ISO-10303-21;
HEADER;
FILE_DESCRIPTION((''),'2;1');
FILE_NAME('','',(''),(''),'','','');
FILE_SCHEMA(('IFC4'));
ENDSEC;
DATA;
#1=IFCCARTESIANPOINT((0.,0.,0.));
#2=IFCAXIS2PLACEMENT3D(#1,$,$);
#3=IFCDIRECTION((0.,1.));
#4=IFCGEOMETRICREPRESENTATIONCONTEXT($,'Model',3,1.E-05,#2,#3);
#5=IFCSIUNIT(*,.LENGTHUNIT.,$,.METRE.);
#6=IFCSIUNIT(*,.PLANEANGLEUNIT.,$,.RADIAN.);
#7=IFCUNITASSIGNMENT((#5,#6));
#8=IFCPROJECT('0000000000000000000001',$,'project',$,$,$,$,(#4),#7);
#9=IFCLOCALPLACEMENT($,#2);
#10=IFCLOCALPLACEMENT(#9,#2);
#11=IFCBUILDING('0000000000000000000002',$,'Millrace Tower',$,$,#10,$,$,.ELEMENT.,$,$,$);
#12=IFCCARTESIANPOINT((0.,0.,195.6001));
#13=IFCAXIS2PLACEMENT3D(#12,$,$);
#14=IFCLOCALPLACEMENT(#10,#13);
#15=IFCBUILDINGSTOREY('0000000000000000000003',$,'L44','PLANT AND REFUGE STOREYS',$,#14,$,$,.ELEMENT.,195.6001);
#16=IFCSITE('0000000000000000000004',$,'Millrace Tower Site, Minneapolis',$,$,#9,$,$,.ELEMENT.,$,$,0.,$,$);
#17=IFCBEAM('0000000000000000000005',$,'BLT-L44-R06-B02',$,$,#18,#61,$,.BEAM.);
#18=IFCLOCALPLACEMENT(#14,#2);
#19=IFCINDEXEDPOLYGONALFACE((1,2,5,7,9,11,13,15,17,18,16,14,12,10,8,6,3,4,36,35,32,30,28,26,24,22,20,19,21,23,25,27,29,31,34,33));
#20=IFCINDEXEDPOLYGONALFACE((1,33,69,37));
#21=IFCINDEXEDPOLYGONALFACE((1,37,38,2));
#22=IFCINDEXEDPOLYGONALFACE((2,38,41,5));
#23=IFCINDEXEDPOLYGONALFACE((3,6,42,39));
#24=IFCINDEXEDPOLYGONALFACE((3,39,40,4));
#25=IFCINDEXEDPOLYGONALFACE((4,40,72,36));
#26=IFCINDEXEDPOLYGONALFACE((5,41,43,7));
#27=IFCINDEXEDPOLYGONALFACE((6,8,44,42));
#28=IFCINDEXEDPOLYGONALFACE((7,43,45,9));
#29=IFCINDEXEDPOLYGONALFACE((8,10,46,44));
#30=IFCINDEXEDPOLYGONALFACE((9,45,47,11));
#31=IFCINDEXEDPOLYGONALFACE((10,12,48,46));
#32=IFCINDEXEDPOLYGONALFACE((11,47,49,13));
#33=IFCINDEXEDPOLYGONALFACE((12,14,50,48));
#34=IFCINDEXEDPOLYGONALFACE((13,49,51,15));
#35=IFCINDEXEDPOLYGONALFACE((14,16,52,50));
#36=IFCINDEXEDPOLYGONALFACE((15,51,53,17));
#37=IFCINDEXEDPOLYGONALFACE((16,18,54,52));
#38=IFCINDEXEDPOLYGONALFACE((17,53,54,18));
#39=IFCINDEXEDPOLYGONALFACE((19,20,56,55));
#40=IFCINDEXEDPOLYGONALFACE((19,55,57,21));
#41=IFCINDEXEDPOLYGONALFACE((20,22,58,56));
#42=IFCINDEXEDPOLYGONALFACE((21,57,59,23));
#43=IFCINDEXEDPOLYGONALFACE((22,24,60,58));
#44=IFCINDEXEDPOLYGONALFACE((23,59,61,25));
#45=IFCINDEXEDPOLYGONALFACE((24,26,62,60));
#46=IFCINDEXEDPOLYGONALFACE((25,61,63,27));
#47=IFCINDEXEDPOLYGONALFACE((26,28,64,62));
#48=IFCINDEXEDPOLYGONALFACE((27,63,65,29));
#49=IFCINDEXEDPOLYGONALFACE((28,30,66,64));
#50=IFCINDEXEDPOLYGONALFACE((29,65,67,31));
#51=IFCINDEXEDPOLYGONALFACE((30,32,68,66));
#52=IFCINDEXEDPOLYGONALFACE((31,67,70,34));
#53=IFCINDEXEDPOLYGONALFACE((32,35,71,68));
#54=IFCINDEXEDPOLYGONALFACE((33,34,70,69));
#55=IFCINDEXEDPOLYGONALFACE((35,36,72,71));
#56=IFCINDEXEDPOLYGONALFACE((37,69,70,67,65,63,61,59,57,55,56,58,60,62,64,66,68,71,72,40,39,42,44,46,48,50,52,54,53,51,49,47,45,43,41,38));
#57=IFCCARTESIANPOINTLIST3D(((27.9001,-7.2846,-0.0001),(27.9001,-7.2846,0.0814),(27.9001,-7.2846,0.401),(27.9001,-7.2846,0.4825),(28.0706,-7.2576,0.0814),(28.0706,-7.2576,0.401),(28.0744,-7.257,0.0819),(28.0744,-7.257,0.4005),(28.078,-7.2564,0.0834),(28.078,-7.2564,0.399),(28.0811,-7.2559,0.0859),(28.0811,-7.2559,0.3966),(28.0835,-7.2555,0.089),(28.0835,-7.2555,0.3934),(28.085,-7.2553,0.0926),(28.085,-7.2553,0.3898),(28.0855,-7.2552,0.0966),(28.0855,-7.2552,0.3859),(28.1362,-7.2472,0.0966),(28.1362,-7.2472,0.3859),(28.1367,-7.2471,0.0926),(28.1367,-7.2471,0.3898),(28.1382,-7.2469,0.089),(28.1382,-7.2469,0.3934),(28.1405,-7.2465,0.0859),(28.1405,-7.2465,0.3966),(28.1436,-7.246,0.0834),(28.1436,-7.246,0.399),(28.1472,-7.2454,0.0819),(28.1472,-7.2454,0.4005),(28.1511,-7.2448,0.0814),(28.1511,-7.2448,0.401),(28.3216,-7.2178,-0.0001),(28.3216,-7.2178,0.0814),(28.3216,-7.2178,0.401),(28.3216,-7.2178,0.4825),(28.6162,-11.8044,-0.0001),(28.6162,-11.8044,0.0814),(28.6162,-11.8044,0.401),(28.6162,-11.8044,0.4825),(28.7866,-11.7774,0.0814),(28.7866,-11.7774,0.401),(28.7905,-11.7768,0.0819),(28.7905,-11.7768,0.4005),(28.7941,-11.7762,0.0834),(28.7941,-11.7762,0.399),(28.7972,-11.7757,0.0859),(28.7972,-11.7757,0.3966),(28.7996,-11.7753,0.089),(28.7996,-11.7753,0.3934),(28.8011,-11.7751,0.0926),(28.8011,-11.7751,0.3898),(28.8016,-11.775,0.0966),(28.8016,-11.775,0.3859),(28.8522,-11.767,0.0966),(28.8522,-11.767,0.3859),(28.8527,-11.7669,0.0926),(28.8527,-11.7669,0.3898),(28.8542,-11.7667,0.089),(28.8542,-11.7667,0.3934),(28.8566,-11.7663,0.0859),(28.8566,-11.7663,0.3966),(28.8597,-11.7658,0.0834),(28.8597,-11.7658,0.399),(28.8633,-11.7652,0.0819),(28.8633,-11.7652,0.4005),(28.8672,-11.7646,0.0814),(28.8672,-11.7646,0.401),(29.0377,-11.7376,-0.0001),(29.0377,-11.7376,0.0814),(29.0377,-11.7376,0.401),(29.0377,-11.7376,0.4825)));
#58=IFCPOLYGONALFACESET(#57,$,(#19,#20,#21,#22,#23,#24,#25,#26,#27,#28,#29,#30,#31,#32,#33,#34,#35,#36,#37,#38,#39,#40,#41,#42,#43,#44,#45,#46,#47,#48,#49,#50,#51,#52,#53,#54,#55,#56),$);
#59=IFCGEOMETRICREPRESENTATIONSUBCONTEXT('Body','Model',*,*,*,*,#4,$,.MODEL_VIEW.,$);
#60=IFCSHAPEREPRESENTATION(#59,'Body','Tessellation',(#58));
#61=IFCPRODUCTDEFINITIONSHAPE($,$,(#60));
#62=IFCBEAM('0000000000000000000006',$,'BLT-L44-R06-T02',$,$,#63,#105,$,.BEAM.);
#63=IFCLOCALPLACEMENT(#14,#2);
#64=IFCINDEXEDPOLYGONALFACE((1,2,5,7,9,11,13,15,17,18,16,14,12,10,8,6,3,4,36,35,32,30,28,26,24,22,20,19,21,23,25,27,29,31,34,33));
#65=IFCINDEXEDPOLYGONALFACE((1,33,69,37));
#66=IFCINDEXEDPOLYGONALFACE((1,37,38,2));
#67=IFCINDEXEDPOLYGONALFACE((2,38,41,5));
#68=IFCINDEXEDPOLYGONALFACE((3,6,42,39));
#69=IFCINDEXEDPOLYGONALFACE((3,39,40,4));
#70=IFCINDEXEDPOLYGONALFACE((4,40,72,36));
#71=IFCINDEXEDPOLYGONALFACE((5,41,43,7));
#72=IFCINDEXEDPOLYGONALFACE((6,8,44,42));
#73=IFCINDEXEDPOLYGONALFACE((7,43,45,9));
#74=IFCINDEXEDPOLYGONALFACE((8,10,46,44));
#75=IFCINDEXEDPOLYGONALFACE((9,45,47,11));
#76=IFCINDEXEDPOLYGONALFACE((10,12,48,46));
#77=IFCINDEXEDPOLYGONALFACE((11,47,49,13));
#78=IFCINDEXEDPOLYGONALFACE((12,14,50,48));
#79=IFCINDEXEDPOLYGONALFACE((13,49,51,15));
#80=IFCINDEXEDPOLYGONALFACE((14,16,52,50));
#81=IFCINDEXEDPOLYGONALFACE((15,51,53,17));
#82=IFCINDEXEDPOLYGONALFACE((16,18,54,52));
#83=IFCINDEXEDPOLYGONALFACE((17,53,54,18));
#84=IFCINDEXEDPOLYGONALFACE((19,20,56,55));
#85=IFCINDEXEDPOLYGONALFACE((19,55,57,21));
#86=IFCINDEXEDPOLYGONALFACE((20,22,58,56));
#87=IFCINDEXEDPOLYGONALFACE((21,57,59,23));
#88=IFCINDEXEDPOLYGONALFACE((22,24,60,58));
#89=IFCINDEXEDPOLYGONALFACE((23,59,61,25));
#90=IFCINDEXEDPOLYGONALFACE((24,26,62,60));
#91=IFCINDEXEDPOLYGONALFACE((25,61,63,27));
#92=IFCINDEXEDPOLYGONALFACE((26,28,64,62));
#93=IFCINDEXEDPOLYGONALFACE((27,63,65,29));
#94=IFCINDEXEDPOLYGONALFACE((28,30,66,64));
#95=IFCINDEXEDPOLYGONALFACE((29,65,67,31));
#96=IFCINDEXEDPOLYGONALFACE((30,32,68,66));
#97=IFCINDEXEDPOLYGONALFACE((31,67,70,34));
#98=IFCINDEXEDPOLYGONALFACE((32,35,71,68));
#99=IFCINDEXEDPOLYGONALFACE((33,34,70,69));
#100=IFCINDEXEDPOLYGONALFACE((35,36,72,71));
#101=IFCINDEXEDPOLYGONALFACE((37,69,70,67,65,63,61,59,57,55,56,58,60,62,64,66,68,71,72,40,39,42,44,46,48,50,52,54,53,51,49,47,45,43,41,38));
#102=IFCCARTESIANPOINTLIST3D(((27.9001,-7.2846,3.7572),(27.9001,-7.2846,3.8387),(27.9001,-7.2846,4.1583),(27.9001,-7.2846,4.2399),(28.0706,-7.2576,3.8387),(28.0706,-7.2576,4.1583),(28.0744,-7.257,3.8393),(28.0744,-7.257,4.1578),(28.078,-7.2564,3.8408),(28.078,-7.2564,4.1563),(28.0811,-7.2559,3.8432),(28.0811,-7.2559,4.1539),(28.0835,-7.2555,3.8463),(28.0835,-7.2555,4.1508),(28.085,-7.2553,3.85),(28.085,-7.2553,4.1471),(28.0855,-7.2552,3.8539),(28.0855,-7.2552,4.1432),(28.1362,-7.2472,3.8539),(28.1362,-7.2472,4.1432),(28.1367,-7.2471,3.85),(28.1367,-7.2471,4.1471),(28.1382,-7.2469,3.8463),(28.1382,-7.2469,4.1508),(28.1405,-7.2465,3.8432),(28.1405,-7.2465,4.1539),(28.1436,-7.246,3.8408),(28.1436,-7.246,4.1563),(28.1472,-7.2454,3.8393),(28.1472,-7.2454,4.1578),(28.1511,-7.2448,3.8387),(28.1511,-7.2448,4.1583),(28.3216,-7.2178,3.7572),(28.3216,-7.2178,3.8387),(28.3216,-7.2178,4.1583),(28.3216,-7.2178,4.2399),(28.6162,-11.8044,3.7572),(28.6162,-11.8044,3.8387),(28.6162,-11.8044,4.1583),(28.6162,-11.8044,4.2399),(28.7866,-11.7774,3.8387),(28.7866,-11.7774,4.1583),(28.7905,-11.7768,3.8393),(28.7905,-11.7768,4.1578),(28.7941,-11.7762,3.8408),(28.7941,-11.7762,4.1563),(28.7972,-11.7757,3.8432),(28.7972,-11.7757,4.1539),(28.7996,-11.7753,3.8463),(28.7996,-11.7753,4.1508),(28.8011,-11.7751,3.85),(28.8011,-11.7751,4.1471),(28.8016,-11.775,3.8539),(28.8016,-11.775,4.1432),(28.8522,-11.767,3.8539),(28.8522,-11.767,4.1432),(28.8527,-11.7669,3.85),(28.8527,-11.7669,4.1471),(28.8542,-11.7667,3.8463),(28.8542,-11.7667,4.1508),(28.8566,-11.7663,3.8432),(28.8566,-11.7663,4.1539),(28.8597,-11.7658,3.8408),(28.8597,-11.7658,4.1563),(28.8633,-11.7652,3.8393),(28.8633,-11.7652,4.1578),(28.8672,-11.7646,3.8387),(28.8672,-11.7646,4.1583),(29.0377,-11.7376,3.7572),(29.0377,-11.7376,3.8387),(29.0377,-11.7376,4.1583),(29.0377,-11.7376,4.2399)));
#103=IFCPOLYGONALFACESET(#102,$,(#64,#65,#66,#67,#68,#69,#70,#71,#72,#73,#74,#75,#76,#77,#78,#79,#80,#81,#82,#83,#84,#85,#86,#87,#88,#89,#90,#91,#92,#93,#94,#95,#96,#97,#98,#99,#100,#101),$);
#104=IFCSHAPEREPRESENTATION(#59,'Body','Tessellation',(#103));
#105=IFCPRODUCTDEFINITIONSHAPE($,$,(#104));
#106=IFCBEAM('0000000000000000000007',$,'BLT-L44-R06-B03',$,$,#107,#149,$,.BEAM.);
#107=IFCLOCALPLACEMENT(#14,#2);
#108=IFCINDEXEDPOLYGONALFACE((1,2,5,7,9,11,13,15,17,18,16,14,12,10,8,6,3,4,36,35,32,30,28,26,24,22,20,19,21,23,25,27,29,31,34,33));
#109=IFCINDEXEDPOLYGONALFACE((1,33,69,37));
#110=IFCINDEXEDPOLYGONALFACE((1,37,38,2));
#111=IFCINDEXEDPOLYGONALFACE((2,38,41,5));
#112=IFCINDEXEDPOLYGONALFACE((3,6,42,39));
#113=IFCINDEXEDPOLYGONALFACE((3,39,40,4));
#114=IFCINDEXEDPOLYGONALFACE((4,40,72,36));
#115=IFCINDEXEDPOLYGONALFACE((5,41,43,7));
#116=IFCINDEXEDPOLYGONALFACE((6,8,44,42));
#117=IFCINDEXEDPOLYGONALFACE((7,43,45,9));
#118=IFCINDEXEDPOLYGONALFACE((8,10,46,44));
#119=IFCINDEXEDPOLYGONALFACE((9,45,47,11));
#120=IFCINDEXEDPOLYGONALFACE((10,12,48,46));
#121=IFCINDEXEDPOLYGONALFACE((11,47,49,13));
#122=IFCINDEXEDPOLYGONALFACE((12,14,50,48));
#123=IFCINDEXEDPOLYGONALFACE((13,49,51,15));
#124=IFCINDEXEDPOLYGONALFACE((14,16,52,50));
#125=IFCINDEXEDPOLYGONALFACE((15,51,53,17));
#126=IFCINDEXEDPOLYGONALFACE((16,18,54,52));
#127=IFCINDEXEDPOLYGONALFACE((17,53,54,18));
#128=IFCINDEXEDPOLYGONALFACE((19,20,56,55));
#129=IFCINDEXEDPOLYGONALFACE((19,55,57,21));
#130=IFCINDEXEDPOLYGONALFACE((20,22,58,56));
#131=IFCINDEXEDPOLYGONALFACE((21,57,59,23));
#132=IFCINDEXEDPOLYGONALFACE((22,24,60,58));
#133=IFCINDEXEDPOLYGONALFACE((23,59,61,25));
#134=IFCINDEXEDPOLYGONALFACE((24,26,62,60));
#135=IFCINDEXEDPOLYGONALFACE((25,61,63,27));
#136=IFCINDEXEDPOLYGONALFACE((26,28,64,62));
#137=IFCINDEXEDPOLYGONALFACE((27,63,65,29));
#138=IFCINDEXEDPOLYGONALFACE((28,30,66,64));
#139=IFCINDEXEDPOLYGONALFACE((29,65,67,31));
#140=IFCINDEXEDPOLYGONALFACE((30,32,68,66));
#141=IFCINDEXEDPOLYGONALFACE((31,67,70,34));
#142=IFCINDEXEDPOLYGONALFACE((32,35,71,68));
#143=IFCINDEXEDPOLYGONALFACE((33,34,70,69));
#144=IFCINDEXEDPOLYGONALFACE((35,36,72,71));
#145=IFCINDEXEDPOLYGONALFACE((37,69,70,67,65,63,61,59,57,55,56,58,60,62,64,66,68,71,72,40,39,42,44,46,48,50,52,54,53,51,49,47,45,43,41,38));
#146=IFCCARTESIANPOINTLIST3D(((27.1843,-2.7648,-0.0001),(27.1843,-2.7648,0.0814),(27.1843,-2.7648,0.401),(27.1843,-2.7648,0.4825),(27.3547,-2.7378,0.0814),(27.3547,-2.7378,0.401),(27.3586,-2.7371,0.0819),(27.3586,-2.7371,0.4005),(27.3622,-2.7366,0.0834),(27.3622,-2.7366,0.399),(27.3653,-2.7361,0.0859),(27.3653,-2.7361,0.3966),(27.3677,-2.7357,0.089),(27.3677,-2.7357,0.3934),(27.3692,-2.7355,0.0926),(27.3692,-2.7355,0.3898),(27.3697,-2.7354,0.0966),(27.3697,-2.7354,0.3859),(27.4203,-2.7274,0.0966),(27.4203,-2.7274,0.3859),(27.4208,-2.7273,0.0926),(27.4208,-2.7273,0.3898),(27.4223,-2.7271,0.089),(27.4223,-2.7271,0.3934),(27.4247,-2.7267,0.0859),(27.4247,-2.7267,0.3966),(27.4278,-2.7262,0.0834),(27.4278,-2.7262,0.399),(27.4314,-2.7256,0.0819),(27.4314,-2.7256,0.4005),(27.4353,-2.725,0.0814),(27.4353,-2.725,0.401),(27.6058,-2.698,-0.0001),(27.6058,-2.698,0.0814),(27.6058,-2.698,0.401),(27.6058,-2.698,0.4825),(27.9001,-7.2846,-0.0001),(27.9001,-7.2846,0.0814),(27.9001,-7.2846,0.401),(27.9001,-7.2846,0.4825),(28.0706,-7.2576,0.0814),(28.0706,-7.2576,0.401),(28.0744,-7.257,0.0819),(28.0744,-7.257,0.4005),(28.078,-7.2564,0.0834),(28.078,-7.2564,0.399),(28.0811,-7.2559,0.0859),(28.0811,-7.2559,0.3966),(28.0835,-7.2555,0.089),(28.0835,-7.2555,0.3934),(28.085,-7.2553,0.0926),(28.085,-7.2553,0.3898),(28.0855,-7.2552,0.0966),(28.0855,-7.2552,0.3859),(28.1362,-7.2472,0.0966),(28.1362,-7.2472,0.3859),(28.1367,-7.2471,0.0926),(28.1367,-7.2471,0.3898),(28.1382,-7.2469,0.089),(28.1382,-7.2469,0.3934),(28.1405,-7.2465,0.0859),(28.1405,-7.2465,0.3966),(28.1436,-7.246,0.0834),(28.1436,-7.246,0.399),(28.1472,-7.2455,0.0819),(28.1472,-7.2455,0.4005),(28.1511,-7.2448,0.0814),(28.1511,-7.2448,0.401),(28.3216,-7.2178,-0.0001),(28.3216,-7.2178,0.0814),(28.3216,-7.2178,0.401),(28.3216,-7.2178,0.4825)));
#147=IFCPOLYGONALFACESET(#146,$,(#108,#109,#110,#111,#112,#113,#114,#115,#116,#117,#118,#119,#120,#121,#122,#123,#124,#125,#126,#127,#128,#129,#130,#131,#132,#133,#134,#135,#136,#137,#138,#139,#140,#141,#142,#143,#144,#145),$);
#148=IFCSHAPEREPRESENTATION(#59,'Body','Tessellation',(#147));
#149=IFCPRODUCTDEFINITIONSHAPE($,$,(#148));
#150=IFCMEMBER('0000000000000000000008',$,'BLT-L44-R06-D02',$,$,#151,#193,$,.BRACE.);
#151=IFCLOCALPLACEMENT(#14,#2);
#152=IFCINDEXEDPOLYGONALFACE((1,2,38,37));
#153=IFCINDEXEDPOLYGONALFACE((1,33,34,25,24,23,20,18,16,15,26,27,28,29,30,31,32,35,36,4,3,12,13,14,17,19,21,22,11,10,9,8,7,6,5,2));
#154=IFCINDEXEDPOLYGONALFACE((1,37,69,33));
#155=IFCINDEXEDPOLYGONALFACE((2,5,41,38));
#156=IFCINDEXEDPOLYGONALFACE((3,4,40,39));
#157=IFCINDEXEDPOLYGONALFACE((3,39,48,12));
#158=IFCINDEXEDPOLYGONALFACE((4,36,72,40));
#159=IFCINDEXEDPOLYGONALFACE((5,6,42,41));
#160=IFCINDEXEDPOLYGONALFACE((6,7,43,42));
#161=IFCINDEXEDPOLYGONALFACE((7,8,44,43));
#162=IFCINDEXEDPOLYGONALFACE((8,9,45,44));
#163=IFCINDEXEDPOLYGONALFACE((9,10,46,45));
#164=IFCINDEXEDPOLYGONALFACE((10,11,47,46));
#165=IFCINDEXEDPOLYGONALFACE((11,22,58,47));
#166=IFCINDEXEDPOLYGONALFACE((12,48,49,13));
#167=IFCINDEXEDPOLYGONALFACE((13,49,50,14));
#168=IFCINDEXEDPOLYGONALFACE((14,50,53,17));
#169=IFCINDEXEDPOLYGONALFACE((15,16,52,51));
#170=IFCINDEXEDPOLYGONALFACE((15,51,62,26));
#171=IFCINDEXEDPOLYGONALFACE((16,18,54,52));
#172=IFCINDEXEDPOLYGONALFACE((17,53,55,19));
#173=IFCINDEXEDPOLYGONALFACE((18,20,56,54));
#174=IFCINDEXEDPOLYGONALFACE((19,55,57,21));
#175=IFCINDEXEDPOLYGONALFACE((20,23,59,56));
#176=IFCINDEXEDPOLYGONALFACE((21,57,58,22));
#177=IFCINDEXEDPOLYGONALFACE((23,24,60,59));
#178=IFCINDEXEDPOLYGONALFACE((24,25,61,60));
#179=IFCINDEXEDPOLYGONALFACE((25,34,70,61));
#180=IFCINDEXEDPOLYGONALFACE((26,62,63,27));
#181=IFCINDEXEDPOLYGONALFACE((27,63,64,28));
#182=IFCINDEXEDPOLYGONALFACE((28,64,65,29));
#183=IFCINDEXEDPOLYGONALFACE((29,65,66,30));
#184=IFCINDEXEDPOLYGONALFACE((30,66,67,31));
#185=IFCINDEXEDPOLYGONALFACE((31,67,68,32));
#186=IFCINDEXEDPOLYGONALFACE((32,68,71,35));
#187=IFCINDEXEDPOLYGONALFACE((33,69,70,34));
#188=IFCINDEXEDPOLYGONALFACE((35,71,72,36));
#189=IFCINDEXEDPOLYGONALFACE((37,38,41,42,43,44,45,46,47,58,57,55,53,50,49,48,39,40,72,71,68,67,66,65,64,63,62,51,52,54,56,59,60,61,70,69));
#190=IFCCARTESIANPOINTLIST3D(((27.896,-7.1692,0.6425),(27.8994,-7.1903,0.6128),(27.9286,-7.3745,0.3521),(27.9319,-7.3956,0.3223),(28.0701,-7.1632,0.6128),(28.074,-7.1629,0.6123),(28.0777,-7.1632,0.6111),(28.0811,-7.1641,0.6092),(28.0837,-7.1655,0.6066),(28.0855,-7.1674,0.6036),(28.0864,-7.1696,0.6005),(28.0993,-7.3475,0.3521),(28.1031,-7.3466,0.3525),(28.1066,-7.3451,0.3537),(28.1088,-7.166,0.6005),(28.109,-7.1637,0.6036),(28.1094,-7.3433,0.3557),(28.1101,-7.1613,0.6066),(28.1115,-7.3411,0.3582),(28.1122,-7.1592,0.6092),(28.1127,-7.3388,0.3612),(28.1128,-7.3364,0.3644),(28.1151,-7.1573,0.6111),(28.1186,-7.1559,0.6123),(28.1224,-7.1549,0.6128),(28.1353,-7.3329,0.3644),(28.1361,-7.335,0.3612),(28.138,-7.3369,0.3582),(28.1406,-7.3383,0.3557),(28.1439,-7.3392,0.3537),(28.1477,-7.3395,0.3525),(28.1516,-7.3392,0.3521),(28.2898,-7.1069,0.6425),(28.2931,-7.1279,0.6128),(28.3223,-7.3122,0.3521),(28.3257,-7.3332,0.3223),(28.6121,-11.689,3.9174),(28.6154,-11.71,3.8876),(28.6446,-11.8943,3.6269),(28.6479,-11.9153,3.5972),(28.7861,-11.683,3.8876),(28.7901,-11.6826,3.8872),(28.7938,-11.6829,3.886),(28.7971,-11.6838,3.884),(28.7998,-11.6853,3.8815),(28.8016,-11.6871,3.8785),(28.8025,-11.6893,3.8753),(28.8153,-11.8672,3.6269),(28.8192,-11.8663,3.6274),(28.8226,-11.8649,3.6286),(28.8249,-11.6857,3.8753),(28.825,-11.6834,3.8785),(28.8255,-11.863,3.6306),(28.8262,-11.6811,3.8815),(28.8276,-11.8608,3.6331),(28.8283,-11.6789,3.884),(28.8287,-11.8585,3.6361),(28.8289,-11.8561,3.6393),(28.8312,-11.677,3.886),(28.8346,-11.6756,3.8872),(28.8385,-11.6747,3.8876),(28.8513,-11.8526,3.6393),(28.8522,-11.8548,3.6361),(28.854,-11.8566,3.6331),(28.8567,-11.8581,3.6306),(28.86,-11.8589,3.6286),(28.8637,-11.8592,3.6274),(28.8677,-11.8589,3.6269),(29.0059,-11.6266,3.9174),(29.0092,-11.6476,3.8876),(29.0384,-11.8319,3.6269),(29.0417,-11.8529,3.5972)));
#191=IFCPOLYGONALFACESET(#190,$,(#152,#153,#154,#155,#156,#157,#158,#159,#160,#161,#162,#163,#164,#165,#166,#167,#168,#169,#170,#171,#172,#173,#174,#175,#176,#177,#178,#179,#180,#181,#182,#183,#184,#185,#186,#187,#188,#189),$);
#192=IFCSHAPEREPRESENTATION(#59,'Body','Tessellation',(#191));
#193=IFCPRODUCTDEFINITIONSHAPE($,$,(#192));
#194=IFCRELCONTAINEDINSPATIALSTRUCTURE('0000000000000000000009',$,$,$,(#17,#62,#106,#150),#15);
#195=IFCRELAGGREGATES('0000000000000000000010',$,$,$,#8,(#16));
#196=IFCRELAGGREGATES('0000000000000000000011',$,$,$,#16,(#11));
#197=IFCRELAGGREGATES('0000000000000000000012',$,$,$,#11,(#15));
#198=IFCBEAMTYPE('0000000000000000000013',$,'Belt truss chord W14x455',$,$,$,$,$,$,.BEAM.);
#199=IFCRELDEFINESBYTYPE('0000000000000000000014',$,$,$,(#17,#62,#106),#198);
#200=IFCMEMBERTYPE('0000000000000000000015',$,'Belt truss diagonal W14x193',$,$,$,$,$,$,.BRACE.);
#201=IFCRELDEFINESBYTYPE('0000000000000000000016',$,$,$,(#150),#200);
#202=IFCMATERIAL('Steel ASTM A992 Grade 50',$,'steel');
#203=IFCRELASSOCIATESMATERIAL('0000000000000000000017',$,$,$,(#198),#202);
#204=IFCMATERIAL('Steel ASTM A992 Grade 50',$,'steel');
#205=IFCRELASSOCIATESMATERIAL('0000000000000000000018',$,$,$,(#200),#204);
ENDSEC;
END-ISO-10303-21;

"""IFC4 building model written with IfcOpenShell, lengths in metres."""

from ifc_helpers import new_model, si_unit, direction, frame, origin, origin_2d, place, context, subcontext, project, spatial, i_section, extrude, material, material_profile, profile_set, type_object, element, save


model = new_model("IFC4")

# Units and contexts
model_context = context("Model", 3, precision=1e-05, world=origin(), true_north=direction((0.0, 1.0)))
body_context = subcontext(model_context, "Body", "Model", "MODEL_VIEW")
ifc_project = project(units=[si_unit("LENGTHUNIT", "METRE"), si_unit("PLANEANGLEUNIT", "RADIAN")], contexts=[model_context])

# Site, building, storey
site_placement = place(None, origin())
site = spatial("IfcSite", under=ifc_project, at=site_placement, Name="Millrace Tower Site, Minneapolis", CompositionType="ELEMENT", RefElevation=0.0)
building_placement = place(site_placement, origin())
building = spatial("IfcBuilding", under=site, at=building_placement, Name="Millrace Tower", CompositionType="ELEMENT")
storey_placement = place(building_placement, frame((0.0, 0.0, 195.6001)))
storey = spatial("IfcBuildingStorey", under=building, at=storey_placement, Name="L44", Description="PLANT AND REFUGE STOREYS", CompositionType="ELEMENT", Elevation=195.6001)

# Beams
ifc_material_1 = material(Name="Steel ASTM A992 Grade 50", Category="steel")
ifc_material_profile_1 = material_profile(ifc_material_1, i_section(OverallWidth=0.4268, OverallDepth=0.4827, WebThickness=0.0513, FlangeThickness=0.0815, FilletRadius=0.0151, at=origin_2d()))
ifc_profile_set_1 = profile_set([ifc_material_profile_1], Name="Steel ASTM A992 Grade 50")
beam_type_1 = type_object("IfcBeamType", Name="Belt truss chord W14x455", PredefinedType="BEAM", material=ifc_profile_set_1)
for number, where, z_axis, x_axis, name in (
    (1, (28.8269, -11.771, 0.2412), (-0.156478, 0.987682, 0.0), (-0.987682, -0.156478, 0.0), "BLT-L44-R06-B02"),
    (2, (28.8269, -11.771, 3.9985), (-0.156478, 0.987682, 0.0), (-0.987682, -0.156478, 0.0), "BLT-L44-R06-T02"),
    (3, (28.1108, -7.2512, 0.2412), (-0.156426, 0.98769, 0.0), (-0.98769, -0.156426, 0.0), "BLT-L44-R06-B03"),
):
    element("IfcBeam", number, at=place(storey_placement, frame(where, z_axis=z_axis, x_axis=x_axis)), inside=storey, type_object=beam_type_1, Name=name, PredefinedType="BEAM", context=body_context, shape_type="SweptSolid", body=[
        extrude(i_section(OverallWidth=0.4268, OverallDepth=0.4827, WebThickness=0.0513, FlangeThickness=0.0815, FilletRadius=0.0151, at=origin_2d()), origin(), (0.0, 0.0, 1.0), 4.5762),
    ])

# Member
ifc_material_2 = material(Name="Steel ASTM A992 Grade 50", Category="steel")
ifc_material_profile_2 = material_profile(ifc_material_2, i_section(OverallWidth=0.3987, OverallDepth=0.3938, WebThickness=0.0227, FlangeThickness=0.0366, FilletRadius=0.0151, at=origin_2d()))
ifc_profile_set_2 = profile_set([ifc_material_profile_2], Name="Steel ASTM A992 Grade 50")
member_type_1 = type_object("IfcMemberType", Name="Belt truss diagonal W14x193", PredefinedType="BRACE", material=ifc_profile_set_2)
member_1_placement = place(storey_placement, frame((28.1108, -7.2512, 0.4824), z_axis=(0.127249, -0.803192, 0.581971), x_axis=(0.987682, 0.156478, 0.0)))
element("IfcMember", 4, at=member_1_placement, inside=storey, type_object=member_type_1, Name="BLT-L44-R06-D02", PredefinedType="BRACE", context=body_context, shape_type="SweptSolid", body=[
    extrude(i_section(OverallWidth=0.3987, OverallDepth=0.3938, WebThickness=0.0227, FlangeThickness=0.0366, FilletRadius=0.0151, at=origin_2d()), origin(), (0.0, 0.0, 1.0), 5.6272),
])

save(model, "model.ifc")
